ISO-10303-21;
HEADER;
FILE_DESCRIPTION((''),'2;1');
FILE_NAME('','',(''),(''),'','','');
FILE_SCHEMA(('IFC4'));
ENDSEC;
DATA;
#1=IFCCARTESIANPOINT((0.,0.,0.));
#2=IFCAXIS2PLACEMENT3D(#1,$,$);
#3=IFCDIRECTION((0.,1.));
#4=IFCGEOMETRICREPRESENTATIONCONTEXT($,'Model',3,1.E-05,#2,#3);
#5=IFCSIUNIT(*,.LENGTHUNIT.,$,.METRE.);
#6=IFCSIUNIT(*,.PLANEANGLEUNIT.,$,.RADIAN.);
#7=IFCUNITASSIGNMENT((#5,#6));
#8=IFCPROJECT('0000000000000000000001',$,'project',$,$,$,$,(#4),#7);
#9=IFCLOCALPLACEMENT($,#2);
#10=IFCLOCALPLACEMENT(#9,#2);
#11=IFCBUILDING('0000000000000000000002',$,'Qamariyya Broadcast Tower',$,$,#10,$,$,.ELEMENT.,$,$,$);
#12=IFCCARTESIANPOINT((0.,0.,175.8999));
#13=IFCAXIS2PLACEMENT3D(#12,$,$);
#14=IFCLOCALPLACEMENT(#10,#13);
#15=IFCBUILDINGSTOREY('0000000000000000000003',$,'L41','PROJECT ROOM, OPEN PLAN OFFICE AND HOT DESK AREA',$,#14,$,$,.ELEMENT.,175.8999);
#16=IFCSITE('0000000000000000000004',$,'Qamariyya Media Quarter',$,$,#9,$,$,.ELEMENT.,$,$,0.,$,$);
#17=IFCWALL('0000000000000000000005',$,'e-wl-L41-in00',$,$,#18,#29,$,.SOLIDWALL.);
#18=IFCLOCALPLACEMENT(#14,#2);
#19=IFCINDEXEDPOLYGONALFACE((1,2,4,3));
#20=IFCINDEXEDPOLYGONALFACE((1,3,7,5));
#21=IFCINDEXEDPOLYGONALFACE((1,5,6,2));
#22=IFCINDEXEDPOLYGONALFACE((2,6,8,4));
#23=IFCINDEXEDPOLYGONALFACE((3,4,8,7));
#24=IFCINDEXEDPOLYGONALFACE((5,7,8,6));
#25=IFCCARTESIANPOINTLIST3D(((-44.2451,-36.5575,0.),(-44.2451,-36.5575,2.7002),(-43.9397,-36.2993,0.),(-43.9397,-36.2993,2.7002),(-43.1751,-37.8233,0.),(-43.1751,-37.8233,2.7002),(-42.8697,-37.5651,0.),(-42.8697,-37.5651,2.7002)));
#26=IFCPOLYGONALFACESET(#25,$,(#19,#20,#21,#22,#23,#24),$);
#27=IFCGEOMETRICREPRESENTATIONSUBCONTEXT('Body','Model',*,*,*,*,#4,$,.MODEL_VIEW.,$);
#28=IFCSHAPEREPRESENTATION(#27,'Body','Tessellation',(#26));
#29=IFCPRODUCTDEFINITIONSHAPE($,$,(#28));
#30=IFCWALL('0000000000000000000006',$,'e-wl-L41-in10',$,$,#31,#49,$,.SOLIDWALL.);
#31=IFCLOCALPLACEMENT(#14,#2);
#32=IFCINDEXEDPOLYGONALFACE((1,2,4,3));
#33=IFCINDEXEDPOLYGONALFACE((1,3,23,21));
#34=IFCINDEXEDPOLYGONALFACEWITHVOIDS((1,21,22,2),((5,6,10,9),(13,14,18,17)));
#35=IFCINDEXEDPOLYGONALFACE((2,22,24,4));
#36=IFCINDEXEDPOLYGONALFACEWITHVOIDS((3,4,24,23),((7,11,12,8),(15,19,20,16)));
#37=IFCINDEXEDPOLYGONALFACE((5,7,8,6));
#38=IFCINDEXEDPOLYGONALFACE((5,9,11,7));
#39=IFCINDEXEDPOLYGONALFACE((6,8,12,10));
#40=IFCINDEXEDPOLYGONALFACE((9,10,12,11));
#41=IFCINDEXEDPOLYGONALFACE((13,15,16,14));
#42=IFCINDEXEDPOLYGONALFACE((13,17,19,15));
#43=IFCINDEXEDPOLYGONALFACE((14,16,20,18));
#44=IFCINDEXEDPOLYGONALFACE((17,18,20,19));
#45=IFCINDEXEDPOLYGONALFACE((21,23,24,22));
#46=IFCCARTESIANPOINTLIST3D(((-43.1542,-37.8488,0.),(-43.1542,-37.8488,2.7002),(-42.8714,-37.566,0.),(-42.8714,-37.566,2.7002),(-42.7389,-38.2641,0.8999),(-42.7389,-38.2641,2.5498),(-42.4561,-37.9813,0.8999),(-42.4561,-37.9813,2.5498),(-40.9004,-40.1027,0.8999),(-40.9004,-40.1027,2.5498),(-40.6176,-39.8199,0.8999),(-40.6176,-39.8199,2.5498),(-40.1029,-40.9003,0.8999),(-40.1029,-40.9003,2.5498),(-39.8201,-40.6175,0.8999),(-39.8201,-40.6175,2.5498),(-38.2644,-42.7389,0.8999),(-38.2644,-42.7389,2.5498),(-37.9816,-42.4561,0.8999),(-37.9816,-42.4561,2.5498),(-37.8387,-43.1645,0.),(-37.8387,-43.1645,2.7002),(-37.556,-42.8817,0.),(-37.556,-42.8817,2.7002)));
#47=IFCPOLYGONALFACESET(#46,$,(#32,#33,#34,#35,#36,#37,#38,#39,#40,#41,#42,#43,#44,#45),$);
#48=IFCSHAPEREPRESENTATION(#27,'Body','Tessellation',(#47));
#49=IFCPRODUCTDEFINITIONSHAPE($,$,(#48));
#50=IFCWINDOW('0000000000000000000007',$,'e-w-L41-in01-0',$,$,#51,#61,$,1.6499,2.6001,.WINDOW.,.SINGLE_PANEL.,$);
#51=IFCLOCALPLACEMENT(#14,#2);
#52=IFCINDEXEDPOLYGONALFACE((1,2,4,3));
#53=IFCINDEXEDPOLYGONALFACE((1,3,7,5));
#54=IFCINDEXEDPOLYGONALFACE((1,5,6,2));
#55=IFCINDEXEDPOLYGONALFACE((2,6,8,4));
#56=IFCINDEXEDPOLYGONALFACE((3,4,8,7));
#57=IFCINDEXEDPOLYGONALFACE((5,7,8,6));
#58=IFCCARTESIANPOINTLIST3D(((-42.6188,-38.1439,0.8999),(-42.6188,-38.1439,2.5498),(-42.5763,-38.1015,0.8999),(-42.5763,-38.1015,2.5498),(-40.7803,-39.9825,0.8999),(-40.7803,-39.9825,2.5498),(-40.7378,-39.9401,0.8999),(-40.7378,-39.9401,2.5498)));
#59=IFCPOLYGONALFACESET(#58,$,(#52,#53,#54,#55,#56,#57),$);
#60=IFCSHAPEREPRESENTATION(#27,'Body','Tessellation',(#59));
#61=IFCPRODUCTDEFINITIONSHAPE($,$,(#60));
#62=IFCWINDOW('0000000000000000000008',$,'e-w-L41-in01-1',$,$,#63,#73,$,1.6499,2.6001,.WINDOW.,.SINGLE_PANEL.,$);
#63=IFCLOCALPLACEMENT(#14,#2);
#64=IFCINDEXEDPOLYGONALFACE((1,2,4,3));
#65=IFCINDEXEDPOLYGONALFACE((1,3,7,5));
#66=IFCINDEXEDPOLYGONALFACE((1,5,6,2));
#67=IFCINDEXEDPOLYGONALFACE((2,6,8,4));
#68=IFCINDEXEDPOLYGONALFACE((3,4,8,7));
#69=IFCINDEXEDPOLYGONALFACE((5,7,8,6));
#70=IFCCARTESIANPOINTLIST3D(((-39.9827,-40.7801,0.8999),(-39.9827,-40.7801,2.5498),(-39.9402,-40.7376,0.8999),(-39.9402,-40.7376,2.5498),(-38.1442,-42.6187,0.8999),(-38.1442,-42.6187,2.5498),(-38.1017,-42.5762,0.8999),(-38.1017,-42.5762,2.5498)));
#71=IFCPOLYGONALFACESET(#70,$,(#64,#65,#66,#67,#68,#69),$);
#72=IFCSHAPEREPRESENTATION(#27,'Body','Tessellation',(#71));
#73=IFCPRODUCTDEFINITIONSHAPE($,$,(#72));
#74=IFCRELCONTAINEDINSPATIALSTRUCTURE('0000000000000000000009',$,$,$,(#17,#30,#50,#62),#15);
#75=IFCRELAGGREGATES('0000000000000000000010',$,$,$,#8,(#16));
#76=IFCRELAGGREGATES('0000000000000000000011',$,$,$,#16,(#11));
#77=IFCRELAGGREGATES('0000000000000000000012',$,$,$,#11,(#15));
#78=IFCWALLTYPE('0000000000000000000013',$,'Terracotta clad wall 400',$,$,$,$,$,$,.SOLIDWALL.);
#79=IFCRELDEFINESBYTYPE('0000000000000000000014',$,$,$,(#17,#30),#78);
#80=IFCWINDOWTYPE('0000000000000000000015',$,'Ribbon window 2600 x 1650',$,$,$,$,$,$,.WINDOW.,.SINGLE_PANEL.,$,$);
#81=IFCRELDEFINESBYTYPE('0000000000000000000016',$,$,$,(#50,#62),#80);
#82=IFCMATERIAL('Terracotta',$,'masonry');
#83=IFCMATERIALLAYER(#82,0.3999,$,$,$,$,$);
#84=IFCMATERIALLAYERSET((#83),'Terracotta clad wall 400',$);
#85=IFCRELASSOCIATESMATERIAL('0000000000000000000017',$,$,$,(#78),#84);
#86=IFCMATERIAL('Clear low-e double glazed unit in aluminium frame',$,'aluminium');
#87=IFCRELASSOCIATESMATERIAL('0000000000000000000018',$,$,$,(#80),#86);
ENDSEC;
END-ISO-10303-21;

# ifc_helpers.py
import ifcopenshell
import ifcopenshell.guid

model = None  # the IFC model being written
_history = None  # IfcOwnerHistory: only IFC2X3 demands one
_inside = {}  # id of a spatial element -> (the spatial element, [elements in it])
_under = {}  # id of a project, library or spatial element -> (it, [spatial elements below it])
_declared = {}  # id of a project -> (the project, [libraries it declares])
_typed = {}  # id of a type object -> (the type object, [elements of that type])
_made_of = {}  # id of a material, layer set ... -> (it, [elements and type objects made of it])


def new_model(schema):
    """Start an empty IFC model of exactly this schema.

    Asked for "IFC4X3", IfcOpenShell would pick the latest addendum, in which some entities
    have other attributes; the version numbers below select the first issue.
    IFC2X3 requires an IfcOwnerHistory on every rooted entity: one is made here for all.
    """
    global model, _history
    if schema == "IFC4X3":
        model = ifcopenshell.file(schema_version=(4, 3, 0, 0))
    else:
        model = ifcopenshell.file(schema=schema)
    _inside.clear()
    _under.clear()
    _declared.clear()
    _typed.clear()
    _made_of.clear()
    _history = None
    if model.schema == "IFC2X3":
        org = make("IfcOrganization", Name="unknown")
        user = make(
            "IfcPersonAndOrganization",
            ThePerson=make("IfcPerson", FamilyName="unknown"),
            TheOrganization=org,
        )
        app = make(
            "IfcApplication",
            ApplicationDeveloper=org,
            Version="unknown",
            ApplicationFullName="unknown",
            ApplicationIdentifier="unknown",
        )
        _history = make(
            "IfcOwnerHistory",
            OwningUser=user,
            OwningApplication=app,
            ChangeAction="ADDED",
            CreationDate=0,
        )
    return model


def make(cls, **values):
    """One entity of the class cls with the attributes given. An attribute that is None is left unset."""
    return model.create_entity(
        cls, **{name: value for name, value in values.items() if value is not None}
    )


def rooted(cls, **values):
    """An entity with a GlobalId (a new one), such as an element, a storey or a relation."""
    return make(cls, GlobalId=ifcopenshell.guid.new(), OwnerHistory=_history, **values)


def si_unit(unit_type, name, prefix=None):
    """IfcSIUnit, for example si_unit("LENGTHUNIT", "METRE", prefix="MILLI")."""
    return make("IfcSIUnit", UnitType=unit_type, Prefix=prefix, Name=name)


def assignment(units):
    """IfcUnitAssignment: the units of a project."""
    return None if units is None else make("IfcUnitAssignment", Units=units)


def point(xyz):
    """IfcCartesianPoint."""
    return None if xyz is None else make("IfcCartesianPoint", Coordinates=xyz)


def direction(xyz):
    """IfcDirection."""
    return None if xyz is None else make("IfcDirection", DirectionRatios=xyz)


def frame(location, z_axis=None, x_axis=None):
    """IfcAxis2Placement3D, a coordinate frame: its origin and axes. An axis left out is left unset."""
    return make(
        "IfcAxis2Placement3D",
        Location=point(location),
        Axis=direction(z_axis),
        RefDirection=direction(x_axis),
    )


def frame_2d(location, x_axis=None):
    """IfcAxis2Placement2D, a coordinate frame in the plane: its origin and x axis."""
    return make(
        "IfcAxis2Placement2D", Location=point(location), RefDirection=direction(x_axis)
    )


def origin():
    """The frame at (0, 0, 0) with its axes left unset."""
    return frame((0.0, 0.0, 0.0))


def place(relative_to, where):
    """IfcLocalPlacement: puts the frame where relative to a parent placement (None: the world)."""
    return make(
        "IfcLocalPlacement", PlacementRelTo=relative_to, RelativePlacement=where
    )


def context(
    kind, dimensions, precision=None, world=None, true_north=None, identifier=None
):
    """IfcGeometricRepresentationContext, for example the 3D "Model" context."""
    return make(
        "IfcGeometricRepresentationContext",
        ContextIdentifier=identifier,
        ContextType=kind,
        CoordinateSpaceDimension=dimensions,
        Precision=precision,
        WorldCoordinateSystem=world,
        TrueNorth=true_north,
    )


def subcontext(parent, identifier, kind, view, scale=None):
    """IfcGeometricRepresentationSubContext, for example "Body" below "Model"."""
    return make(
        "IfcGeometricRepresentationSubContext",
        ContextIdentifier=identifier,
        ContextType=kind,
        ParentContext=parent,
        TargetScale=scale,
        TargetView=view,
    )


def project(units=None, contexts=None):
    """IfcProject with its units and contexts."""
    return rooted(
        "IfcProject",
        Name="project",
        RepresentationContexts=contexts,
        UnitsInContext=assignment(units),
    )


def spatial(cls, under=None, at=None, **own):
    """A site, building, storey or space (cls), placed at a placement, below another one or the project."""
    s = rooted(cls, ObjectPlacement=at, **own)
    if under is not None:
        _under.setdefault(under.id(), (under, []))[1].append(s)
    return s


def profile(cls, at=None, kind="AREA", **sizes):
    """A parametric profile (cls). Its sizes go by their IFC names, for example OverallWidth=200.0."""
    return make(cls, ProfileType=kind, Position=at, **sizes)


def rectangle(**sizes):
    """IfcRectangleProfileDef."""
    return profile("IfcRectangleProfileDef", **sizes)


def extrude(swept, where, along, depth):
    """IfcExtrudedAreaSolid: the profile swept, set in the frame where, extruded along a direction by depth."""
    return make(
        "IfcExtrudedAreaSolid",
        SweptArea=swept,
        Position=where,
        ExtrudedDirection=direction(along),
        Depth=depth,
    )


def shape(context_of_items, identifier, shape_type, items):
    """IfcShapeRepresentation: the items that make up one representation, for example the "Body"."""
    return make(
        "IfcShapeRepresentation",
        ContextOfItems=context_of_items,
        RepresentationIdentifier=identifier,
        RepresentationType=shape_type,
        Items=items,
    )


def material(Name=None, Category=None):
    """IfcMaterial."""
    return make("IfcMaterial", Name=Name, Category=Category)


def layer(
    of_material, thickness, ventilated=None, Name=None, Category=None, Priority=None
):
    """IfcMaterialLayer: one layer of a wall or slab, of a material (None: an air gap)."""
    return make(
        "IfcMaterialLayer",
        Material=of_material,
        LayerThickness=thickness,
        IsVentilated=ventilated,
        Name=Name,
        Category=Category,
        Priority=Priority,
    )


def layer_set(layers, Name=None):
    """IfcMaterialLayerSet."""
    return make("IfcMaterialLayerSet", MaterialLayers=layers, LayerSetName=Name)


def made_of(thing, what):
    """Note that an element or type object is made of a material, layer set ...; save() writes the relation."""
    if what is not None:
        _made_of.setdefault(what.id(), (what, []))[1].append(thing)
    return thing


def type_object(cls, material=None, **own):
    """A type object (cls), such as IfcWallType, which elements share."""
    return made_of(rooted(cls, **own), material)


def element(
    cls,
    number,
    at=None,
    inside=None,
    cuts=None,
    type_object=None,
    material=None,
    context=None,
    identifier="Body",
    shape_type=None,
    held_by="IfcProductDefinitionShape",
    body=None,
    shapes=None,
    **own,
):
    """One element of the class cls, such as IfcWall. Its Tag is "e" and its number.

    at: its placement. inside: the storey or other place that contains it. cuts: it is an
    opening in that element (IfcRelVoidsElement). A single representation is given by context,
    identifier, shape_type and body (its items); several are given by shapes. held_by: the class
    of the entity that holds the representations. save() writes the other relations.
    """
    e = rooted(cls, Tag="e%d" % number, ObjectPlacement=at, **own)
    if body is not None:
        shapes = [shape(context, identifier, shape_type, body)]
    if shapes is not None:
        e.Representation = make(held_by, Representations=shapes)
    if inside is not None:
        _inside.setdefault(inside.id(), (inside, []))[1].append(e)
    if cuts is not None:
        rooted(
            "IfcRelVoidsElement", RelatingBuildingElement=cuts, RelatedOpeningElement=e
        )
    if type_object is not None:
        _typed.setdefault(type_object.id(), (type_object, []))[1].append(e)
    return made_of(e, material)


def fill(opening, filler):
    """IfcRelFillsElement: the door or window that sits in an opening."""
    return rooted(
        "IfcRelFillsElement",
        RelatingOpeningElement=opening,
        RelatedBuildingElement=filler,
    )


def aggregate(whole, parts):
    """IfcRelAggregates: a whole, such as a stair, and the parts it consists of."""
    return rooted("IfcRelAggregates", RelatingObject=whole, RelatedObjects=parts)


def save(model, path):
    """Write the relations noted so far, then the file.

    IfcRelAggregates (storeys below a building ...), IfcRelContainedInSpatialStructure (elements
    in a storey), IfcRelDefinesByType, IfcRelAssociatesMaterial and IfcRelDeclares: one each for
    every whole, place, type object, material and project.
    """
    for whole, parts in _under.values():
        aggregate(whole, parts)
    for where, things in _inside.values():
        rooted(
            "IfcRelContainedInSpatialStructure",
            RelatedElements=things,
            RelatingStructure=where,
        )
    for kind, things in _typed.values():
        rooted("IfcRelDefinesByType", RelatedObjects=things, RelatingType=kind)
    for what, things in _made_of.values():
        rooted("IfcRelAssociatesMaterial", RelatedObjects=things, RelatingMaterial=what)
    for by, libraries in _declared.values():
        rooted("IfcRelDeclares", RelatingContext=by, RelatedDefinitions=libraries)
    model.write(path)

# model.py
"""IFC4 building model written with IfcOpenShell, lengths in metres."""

from ifc_helpers import new_model, si_unit, direction, frame, frame_2d, origin, place, context, subcontext, project, spatial, rectangle, extrude, material, layer, layer_set, type_object, element, fill, save


model = new_model("IFC4")

# Units and contexts
model_context = context("Model", 3, precision=1e-05, world=origin(), true_north=direction((0.0, 1.0)))
body_context = subcontext(model_context, "Body", "Model", "MODEL_VIEW")
ifc_project = project(units=[si_unit("LENGTHUNIT", "METRE"), si_unit("PLANEANGLEUNIT", "RADIAN")], contexts=[model_context])

# Site, building, storey
site_placement = place(None, origin())
site = spatial("IfcSite", under=ifc_project, at=site_placement, Name="Qamariyya Media Quarter", CompositionType="ELEMENT", RefElevation=0.0)
building_placement = place(site_placement, origin())
building = spatial("IfcBuilding", under=site, at=building_placement, Name="Qamariyya Broadcast Tower", CompositionType="ELEMENT")
storey_placement = place(building_placement, frame((0.0, 0.0, 175.8999)))
storey = spatial("IfcBuildingStorey", under=building, at=storey_placement, Name="L41", Description="PROJECT ROOM, OPEN PLAN OFFICE AND HOT DESK AREA", CompositionType="ELEMENT", Elevation=175.8999)

# Wall
ifc_material_1 = material(Name="Terracotta", Category="masonry")
ifc_layer_1 = layer(ifc_material_1, 0.3999)
ifc_layer_set_1 = layer_set([ifc_layer_1], Name="Terracotta clad wall 400")
wall_type_1 = type_object("IfcWallType", Name="Terracotta clad wall 400", PredefinedType="SOLIDWALL", material=ifc_layer_set_1)
wall_1_placement = place(storey_placement, frame((-43.0225, -37.6941, 0.0), z_axis=(0.0, 0.0, 1.0), x_axis=(-0.645572, 0.763699, 0.0)))
element("IfcWall", 1, at=wall_1_placement, inside=storey, type_object=wall_type_1, Name="e-wl-L41-in00", PredefinedType="SOLIDWALL", context=body_context, shape_type="SweptSolid", body=[
    extrude(rectangle(XDim=1.6575, YDim=0.3999, at=frame_2d((0.8286, 0.0))), origin(), (0.0, 0.0, 1.0), 2.7002),
])

# Wall, openings, windows
wall_2_placement = place(storey_placement, frame((-37.6973, -43.0232, 0.0), z_axis=(0.0, 0.0, 1.0), x_axis=(-0.707091, 0.707123, 0.0)))
wall_2 = element("IfcWall", 2, at=wall_2_placement, inside=storey, type_object=wall_type_1, Name="e-wl-L41-in10", PredefinedType="SOLIDWALL", context=body_context, shape_type="SweptSolid", body=[
    extrude(rectangle(XDim=7.5173, YDim=0.3999, at=frame_2d((3.7588, 0.0))), origin(), (0.0, 0.0, 1.0), 2.7002),
])
opening_1_placement = place(wall_2_placement, frame((4.3301, 0.0, 0.8999)))
opening_1 = element("IfcOpeningElement", 3, at=opening_1_placement, cuts=wall_2, PredefinedType="OPENING", context=body_context, shape_type="SweptSolid", body=[
    extrude(rectangle(XDim=2.6001, YDim=1.6499, at=frame_2d((1.3, 0.825))), frame((0.0, 0.21, 0.0), z_axis=(0.0, -1.0, 0.0), x_axis=(1.0, 0.0, 0.0)), (0.0, 0.0, 1.0), 0.4199),
])
opening_2_placement = place(wall_2_placement, frame((0.6021, 0.0, 0.8999)))
opening_2 = element("IfcOpeningElement", 4, at=opening_2_placement, cuts=wall_2, PredefinedType="OPENING", context=body_context, shape_type="SweptSolid", body=[
    extrude(rectangle(XDim=2.6001, YDim=1.6499, at=frame_2d((1.3, 0.825))), frame((0.0, 0.21, 0.0), z_axis=(0.0, -1.0, 0.0), x_axis=(1.0, 0.0, 0.0)), (0.0, 0.0, 1.0), 0.4199),
])
ifc_material_2 = material(Name="Clear low-e double glazed unit in aluminium frame", Category="aluminium")
window_type = type_object("IfcWindowType", Name="Ribbon window 2600 x 1650", PartitioningType="SINGLE_PANEL", PredefinedType="WINDOW", material=ifc_material_2)
window_1_placement = place(opening_1_placement, origin())
window_1 = element("IfcWindow", 5, at=window_1_placement, inside=storey, type_object=window_type, Name="e-w-L41-in01-0", OverallHeight=1.6499, OverallWidth=2.6001, PartitioningType="SINGLE_PANEL", PredefinedType="WINDOW", context=body_context, shape_type="SweptSolid", body=[
    extrude(rectangle(XDim=2.6001, YDim=1.6499, at=frame_2d((1.3, 0.825))), frame((0.0, 0.03, 0.0), z_axis=(0.0, -1.0, 0.0), x_axis=(1.0, 0.0, 0.0)), (0.0, 0.0, 1.0), 0.0601),
])
fill(opening_1, window_1)
window_2_placement = place(opening_2_placement, origin())
window_2 = element("IfcWindow", 6, at=window_2_placement, inside=storey, type_object=window_type, Name="e-w-L41-in01-1", OverallHeight=1.6499, OverallWidth=2.6001, PartitioningType="SINGLE_PANEL", PredefinedType="WINDOW", context=body_context, shape_type="SweptSolid", body=[
    extrude(rectangle(XDim=2.6001, YDim=1.6499, at=frame_2d((1.3, 0.825))), frame((0.0, 0.03, 0.0), z_axis=(0.0, -1.0, 0.0), x_axis=(1.0, 0.0, 0.0)), (0.0, 0.0, 1.0), 0.0601),
])
fill(opening_2, window_2)

save(model, "model.ifc")
